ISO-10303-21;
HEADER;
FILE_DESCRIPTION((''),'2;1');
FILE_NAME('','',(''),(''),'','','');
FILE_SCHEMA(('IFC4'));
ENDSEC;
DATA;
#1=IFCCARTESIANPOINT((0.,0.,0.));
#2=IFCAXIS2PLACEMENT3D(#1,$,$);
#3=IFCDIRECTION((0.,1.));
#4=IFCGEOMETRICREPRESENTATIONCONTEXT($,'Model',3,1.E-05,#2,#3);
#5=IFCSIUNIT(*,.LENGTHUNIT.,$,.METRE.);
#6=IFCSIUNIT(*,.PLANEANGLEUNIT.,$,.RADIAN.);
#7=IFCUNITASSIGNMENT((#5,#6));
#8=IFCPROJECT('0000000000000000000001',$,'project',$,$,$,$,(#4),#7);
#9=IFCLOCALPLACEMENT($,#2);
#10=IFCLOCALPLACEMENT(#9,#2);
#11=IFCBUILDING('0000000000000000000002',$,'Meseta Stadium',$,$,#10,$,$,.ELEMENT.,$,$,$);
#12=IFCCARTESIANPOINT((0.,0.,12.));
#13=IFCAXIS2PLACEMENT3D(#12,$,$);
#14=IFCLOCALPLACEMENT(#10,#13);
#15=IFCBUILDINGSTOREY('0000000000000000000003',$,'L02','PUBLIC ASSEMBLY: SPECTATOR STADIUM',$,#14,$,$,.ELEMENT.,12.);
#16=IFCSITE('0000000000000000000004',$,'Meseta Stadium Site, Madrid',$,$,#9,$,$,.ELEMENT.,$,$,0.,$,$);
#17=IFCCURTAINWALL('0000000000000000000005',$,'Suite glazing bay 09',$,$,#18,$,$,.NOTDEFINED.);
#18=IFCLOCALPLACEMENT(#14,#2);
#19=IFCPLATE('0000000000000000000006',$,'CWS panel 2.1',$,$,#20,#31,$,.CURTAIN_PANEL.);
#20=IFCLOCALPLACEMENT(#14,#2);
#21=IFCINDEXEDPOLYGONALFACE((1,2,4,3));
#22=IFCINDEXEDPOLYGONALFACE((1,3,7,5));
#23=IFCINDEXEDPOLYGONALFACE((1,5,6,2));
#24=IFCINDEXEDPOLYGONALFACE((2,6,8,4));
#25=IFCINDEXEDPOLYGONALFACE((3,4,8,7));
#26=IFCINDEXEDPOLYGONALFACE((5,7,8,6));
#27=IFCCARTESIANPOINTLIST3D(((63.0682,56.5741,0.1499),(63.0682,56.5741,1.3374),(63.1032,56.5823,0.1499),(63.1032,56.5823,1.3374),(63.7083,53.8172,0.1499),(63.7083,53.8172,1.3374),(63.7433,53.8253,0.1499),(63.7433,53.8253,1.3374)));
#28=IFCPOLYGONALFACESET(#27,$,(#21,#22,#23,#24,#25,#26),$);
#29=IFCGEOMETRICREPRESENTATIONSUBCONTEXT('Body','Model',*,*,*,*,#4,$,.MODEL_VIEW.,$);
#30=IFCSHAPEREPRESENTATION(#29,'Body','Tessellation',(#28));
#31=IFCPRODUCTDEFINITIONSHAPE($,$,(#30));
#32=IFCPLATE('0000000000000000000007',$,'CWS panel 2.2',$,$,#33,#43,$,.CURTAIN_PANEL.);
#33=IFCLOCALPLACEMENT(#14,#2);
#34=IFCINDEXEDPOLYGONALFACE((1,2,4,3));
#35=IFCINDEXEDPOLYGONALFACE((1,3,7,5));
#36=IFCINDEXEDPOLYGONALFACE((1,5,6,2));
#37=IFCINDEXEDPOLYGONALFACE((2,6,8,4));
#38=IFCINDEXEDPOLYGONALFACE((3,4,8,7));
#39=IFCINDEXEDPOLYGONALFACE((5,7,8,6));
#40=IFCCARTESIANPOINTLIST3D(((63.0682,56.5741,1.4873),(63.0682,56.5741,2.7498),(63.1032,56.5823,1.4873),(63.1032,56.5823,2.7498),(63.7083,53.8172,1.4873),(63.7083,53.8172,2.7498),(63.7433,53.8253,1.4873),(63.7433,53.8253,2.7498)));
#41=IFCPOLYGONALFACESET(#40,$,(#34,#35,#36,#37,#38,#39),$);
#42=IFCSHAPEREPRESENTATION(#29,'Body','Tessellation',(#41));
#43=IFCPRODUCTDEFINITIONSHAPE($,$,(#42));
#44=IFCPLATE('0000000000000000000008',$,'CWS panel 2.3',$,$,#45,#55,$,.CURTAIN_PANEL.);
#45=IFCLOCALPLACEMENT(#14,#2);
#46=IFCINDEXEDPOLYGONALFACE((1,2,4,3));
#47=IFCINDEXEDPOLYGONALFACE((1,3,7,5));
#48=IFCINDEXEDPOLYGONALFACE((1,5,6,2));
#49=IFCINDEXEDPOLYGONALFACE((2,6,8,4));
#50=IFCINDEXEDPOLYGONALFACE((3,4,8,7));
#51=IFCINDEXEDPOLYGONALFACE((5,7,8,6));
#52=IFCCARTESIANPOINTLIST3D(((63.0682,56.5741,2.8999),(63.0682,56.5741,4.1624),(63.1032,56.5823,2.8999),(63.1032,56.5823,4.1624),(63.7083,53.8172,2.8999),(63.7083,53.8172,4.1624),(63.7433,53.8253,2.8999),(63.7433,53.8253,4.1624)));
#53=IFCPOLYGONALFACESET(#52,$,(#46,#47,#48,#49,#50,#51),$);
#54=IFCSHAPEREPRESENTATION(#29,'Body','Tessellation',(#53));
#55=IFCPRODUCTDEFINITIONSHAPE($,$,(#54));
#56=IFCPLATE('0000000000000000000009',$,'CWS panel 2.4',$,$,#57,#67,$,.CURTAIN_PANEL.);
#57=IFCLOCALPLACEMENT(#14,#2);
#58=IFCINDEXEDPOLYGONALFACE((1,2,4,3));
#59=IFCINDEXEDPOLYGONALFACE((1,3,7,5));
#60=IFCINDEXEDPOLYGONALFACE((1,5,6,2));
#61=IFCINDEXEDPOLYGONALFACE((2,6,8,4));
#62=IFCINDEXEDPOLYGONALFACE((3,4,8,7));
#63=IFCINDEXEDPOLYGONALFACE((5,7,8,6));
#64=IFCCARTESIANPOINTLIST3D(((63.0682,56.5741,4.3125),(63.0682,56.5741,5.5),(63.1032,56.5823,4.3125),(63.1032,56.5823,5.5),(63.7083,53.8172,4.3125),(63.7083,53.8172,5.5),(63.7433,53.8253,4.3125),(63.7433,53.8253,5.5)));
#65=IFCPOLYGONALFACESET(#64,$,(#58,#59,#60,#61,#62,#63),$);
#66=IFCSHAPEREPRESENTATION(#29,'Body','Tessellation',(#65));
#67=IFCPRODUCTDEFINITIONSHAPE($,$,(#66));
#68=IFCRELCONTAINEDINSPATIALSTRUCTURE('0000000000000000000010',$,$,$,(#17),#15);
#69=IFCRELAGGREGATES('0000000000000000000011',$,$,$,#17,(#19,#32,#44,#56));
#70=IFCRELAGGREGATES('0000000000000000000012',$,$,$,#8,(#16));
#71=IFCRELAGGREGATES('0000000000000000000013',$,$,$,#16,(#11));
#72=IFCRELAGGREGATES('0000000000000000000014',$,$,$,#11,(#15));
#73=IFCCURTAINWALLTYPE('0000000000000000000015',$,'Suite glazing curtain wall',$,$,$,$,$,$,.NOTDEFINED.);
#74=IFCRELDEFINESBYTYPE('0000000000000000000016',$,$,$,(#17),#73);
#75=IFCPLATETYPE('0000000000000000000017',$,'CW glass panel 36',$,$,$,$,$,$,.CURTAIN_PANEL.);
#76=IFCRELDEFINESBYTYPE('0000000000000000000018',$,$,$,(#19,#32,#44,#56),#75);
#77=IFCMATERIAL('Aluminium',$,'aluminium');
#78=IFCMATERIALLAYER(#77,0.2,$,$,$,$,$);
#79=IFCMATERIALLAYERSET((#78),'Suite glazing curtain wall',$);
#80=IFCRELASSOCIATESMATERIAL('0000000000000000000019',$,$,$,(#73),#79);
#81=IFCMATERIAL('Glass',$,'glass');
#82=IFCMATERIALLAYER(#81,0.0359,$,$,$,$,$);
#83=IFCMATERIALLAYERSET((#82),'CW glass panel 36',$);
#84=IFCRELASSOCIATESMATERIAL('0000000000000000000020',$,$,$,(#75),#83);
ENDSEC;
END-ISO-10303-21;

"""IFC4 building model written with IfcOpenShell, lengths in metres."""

from ifc_helpers import new_model, si_unit, direction, frame, origin, origin_2d, place, context, subcontext, project, spatial, rectangle, extrude, material, layer, layer_set, type_object, element, aggregate, save


model = new_model("IFC4")

# Units and contexts
model_context = context("Model", 3, precision=1e-05, world=origin(), true_north=direction((0.0, 1.0)))
body_context = subcontext(model_context, "Body", "Model", "MODEL_VIEW")
ifc_project = project(units=[si_unit("LENGTHUNIT", "METRE"), si_unit("PLANEANGLEUNIT", "RADIAN")], contexts=[model_context])

# Site, building, storey
site_placement = place(None, origin())
site = spatial("IfcSite", under=ifc_project, at=site_placement, Name="Meseta Stadium Site, Madrid", CompositionType="ELEMENT", RefElevation=0.0)
building_placement = place(site_placement, origin())
building = spatial("IfcBuilding", under=site, at=building_placement, Name="Meseta Stadium", CompositionType="ELEMENT")
storey_placement = place(building_placement, frame((0.0, 0.0, 12.0)))
storey = spatial("IfcBuildingStorey", under=building, at=storey_placement, Name="L02", Description="PUBLIC ASSEMBLY: SPECTATOR STADIUM", CompositionType="ELEMENT", Elevation=12.0)

# Curtain wall
ifc_material_1 = material(Name="Aluminium", Category="aluminium")
ifc_layer_1 = layer(ifc_material_1, 0.2)
ifc_layer_set_1 = layer_set([ifc_layer_1], Name="Suite glazing curtain wall")
curtain_wall_type = type_object("IfcCurtainWallType", Name="Suite glazing curtain wall", PredefinedType="NOTDEFINED", material=ifc_layer_set_1)
curtain_wall_1_placement = place(storey_placement, origin())
curtain_wall_1 = element("IfcCurtainWall", 1, at=curtain_wall_1_placement, inside=storey, type_object=curtain_wall_type, Name="Suite glazing bay 09", PredefinedType="NOTDEFINED")

# Plates
ifc_material_2 = material(Name="Glass", Category="glass")
ifc_layer_2 = layer(ifc_material_2, 0.0359)
ifc_layer_set_2 = layer_set([ifc_layer_2], Name="CW glass panel 36")
plate_type = type_object("IfcPlateType", Name="CW glass panel 36", PredefinedType="CURTAIN_PANEL", material=ifc_layer_set_2)
plate_1_placement = place(storey_placement, frame((63.4058, 55.1997, 0.1499), z_axis=(0.0, 0.0, 1.0), x_axis=(-0.226148, 0.974093, 0.0)))
plate_1 = element("IfcPlate", 2, at=plate_1_placement, type_object=plate_type, Name="CWS panel 2.1", PredefinedType="CURTAIN_PANEL", context=body_context, shape_type="SweptSolid", body=[
    extrude(rectangle(XDim=2.8303, YDim=0.0359, at=origin_2d()), origin(), (0.0, 0.0, 1.0), 1.1875),
])
plate_2_placement = place(storey_placement, frame((63.4058, 55.1997, 1.4873), z_axis=(0.0, 0.0, 1.0), x_axis=(-0.226148, 0.974093, 0.0)))
plate_2 = element("IfcPlate", 3, at=plate_2_placement, type_object=plate_type, Name="CWS panel 2.2", PredefinedType="CURTAIN_PANEL", context=body_context, shape_type="SweptSolid", body=[
    extrude(rectangle(XDim=2.8303, YDim=0.0359, at=origin_2d()), origin(), (0.0, 0.0, 1.0), 1.2625),
])
plate_3_placement = place(storey_placement, frame((63.4058, 55.1997, 2.8999), z_axis=(0.0, 0.0, 1.0), x_axis=(-0.226148, 0.974093, 0.0)))
plate_3 = element("IfcPlate", 4, at=plate_3_placement, type_object=plate_type, Name="CWS panel 2.3", PredefinedType="CURTAIN_PANEL", context=body_context, shape_type="SweptSolid", body=[
    extrude(rectangle(XDim=2.8303, YDim=0.0359, at=origin_2d()), origin(), (0.0, 0.0, 1.0), 1.2625),
])
plate_4_placement = place(storey_placement, frame((63.4058, 55.1997, 4.3125), z_axis=(0.0, 0.0, 1.0), x_axis=(-0.226148, 0.974093, 0.0)))
plate_4 = element("IfcPlate", 5, at=plate_4_placement, type_object=plate_type, Name="CWS panel 2.4", PredefinedType="CURTAIN_PANEL", context=body_context, shape_type="SweptSolid", body=[
    extrude(rectangle(XDim=2.8303, YDim=0.0359, at=origin_2d()), origin(), (0.0, 0.0, 1.0), 1.1875),
])
aggregate(curtain_wall_1, [plate_1, plate_2, plate_3, plate_4])

save(model, "model.ifc")
